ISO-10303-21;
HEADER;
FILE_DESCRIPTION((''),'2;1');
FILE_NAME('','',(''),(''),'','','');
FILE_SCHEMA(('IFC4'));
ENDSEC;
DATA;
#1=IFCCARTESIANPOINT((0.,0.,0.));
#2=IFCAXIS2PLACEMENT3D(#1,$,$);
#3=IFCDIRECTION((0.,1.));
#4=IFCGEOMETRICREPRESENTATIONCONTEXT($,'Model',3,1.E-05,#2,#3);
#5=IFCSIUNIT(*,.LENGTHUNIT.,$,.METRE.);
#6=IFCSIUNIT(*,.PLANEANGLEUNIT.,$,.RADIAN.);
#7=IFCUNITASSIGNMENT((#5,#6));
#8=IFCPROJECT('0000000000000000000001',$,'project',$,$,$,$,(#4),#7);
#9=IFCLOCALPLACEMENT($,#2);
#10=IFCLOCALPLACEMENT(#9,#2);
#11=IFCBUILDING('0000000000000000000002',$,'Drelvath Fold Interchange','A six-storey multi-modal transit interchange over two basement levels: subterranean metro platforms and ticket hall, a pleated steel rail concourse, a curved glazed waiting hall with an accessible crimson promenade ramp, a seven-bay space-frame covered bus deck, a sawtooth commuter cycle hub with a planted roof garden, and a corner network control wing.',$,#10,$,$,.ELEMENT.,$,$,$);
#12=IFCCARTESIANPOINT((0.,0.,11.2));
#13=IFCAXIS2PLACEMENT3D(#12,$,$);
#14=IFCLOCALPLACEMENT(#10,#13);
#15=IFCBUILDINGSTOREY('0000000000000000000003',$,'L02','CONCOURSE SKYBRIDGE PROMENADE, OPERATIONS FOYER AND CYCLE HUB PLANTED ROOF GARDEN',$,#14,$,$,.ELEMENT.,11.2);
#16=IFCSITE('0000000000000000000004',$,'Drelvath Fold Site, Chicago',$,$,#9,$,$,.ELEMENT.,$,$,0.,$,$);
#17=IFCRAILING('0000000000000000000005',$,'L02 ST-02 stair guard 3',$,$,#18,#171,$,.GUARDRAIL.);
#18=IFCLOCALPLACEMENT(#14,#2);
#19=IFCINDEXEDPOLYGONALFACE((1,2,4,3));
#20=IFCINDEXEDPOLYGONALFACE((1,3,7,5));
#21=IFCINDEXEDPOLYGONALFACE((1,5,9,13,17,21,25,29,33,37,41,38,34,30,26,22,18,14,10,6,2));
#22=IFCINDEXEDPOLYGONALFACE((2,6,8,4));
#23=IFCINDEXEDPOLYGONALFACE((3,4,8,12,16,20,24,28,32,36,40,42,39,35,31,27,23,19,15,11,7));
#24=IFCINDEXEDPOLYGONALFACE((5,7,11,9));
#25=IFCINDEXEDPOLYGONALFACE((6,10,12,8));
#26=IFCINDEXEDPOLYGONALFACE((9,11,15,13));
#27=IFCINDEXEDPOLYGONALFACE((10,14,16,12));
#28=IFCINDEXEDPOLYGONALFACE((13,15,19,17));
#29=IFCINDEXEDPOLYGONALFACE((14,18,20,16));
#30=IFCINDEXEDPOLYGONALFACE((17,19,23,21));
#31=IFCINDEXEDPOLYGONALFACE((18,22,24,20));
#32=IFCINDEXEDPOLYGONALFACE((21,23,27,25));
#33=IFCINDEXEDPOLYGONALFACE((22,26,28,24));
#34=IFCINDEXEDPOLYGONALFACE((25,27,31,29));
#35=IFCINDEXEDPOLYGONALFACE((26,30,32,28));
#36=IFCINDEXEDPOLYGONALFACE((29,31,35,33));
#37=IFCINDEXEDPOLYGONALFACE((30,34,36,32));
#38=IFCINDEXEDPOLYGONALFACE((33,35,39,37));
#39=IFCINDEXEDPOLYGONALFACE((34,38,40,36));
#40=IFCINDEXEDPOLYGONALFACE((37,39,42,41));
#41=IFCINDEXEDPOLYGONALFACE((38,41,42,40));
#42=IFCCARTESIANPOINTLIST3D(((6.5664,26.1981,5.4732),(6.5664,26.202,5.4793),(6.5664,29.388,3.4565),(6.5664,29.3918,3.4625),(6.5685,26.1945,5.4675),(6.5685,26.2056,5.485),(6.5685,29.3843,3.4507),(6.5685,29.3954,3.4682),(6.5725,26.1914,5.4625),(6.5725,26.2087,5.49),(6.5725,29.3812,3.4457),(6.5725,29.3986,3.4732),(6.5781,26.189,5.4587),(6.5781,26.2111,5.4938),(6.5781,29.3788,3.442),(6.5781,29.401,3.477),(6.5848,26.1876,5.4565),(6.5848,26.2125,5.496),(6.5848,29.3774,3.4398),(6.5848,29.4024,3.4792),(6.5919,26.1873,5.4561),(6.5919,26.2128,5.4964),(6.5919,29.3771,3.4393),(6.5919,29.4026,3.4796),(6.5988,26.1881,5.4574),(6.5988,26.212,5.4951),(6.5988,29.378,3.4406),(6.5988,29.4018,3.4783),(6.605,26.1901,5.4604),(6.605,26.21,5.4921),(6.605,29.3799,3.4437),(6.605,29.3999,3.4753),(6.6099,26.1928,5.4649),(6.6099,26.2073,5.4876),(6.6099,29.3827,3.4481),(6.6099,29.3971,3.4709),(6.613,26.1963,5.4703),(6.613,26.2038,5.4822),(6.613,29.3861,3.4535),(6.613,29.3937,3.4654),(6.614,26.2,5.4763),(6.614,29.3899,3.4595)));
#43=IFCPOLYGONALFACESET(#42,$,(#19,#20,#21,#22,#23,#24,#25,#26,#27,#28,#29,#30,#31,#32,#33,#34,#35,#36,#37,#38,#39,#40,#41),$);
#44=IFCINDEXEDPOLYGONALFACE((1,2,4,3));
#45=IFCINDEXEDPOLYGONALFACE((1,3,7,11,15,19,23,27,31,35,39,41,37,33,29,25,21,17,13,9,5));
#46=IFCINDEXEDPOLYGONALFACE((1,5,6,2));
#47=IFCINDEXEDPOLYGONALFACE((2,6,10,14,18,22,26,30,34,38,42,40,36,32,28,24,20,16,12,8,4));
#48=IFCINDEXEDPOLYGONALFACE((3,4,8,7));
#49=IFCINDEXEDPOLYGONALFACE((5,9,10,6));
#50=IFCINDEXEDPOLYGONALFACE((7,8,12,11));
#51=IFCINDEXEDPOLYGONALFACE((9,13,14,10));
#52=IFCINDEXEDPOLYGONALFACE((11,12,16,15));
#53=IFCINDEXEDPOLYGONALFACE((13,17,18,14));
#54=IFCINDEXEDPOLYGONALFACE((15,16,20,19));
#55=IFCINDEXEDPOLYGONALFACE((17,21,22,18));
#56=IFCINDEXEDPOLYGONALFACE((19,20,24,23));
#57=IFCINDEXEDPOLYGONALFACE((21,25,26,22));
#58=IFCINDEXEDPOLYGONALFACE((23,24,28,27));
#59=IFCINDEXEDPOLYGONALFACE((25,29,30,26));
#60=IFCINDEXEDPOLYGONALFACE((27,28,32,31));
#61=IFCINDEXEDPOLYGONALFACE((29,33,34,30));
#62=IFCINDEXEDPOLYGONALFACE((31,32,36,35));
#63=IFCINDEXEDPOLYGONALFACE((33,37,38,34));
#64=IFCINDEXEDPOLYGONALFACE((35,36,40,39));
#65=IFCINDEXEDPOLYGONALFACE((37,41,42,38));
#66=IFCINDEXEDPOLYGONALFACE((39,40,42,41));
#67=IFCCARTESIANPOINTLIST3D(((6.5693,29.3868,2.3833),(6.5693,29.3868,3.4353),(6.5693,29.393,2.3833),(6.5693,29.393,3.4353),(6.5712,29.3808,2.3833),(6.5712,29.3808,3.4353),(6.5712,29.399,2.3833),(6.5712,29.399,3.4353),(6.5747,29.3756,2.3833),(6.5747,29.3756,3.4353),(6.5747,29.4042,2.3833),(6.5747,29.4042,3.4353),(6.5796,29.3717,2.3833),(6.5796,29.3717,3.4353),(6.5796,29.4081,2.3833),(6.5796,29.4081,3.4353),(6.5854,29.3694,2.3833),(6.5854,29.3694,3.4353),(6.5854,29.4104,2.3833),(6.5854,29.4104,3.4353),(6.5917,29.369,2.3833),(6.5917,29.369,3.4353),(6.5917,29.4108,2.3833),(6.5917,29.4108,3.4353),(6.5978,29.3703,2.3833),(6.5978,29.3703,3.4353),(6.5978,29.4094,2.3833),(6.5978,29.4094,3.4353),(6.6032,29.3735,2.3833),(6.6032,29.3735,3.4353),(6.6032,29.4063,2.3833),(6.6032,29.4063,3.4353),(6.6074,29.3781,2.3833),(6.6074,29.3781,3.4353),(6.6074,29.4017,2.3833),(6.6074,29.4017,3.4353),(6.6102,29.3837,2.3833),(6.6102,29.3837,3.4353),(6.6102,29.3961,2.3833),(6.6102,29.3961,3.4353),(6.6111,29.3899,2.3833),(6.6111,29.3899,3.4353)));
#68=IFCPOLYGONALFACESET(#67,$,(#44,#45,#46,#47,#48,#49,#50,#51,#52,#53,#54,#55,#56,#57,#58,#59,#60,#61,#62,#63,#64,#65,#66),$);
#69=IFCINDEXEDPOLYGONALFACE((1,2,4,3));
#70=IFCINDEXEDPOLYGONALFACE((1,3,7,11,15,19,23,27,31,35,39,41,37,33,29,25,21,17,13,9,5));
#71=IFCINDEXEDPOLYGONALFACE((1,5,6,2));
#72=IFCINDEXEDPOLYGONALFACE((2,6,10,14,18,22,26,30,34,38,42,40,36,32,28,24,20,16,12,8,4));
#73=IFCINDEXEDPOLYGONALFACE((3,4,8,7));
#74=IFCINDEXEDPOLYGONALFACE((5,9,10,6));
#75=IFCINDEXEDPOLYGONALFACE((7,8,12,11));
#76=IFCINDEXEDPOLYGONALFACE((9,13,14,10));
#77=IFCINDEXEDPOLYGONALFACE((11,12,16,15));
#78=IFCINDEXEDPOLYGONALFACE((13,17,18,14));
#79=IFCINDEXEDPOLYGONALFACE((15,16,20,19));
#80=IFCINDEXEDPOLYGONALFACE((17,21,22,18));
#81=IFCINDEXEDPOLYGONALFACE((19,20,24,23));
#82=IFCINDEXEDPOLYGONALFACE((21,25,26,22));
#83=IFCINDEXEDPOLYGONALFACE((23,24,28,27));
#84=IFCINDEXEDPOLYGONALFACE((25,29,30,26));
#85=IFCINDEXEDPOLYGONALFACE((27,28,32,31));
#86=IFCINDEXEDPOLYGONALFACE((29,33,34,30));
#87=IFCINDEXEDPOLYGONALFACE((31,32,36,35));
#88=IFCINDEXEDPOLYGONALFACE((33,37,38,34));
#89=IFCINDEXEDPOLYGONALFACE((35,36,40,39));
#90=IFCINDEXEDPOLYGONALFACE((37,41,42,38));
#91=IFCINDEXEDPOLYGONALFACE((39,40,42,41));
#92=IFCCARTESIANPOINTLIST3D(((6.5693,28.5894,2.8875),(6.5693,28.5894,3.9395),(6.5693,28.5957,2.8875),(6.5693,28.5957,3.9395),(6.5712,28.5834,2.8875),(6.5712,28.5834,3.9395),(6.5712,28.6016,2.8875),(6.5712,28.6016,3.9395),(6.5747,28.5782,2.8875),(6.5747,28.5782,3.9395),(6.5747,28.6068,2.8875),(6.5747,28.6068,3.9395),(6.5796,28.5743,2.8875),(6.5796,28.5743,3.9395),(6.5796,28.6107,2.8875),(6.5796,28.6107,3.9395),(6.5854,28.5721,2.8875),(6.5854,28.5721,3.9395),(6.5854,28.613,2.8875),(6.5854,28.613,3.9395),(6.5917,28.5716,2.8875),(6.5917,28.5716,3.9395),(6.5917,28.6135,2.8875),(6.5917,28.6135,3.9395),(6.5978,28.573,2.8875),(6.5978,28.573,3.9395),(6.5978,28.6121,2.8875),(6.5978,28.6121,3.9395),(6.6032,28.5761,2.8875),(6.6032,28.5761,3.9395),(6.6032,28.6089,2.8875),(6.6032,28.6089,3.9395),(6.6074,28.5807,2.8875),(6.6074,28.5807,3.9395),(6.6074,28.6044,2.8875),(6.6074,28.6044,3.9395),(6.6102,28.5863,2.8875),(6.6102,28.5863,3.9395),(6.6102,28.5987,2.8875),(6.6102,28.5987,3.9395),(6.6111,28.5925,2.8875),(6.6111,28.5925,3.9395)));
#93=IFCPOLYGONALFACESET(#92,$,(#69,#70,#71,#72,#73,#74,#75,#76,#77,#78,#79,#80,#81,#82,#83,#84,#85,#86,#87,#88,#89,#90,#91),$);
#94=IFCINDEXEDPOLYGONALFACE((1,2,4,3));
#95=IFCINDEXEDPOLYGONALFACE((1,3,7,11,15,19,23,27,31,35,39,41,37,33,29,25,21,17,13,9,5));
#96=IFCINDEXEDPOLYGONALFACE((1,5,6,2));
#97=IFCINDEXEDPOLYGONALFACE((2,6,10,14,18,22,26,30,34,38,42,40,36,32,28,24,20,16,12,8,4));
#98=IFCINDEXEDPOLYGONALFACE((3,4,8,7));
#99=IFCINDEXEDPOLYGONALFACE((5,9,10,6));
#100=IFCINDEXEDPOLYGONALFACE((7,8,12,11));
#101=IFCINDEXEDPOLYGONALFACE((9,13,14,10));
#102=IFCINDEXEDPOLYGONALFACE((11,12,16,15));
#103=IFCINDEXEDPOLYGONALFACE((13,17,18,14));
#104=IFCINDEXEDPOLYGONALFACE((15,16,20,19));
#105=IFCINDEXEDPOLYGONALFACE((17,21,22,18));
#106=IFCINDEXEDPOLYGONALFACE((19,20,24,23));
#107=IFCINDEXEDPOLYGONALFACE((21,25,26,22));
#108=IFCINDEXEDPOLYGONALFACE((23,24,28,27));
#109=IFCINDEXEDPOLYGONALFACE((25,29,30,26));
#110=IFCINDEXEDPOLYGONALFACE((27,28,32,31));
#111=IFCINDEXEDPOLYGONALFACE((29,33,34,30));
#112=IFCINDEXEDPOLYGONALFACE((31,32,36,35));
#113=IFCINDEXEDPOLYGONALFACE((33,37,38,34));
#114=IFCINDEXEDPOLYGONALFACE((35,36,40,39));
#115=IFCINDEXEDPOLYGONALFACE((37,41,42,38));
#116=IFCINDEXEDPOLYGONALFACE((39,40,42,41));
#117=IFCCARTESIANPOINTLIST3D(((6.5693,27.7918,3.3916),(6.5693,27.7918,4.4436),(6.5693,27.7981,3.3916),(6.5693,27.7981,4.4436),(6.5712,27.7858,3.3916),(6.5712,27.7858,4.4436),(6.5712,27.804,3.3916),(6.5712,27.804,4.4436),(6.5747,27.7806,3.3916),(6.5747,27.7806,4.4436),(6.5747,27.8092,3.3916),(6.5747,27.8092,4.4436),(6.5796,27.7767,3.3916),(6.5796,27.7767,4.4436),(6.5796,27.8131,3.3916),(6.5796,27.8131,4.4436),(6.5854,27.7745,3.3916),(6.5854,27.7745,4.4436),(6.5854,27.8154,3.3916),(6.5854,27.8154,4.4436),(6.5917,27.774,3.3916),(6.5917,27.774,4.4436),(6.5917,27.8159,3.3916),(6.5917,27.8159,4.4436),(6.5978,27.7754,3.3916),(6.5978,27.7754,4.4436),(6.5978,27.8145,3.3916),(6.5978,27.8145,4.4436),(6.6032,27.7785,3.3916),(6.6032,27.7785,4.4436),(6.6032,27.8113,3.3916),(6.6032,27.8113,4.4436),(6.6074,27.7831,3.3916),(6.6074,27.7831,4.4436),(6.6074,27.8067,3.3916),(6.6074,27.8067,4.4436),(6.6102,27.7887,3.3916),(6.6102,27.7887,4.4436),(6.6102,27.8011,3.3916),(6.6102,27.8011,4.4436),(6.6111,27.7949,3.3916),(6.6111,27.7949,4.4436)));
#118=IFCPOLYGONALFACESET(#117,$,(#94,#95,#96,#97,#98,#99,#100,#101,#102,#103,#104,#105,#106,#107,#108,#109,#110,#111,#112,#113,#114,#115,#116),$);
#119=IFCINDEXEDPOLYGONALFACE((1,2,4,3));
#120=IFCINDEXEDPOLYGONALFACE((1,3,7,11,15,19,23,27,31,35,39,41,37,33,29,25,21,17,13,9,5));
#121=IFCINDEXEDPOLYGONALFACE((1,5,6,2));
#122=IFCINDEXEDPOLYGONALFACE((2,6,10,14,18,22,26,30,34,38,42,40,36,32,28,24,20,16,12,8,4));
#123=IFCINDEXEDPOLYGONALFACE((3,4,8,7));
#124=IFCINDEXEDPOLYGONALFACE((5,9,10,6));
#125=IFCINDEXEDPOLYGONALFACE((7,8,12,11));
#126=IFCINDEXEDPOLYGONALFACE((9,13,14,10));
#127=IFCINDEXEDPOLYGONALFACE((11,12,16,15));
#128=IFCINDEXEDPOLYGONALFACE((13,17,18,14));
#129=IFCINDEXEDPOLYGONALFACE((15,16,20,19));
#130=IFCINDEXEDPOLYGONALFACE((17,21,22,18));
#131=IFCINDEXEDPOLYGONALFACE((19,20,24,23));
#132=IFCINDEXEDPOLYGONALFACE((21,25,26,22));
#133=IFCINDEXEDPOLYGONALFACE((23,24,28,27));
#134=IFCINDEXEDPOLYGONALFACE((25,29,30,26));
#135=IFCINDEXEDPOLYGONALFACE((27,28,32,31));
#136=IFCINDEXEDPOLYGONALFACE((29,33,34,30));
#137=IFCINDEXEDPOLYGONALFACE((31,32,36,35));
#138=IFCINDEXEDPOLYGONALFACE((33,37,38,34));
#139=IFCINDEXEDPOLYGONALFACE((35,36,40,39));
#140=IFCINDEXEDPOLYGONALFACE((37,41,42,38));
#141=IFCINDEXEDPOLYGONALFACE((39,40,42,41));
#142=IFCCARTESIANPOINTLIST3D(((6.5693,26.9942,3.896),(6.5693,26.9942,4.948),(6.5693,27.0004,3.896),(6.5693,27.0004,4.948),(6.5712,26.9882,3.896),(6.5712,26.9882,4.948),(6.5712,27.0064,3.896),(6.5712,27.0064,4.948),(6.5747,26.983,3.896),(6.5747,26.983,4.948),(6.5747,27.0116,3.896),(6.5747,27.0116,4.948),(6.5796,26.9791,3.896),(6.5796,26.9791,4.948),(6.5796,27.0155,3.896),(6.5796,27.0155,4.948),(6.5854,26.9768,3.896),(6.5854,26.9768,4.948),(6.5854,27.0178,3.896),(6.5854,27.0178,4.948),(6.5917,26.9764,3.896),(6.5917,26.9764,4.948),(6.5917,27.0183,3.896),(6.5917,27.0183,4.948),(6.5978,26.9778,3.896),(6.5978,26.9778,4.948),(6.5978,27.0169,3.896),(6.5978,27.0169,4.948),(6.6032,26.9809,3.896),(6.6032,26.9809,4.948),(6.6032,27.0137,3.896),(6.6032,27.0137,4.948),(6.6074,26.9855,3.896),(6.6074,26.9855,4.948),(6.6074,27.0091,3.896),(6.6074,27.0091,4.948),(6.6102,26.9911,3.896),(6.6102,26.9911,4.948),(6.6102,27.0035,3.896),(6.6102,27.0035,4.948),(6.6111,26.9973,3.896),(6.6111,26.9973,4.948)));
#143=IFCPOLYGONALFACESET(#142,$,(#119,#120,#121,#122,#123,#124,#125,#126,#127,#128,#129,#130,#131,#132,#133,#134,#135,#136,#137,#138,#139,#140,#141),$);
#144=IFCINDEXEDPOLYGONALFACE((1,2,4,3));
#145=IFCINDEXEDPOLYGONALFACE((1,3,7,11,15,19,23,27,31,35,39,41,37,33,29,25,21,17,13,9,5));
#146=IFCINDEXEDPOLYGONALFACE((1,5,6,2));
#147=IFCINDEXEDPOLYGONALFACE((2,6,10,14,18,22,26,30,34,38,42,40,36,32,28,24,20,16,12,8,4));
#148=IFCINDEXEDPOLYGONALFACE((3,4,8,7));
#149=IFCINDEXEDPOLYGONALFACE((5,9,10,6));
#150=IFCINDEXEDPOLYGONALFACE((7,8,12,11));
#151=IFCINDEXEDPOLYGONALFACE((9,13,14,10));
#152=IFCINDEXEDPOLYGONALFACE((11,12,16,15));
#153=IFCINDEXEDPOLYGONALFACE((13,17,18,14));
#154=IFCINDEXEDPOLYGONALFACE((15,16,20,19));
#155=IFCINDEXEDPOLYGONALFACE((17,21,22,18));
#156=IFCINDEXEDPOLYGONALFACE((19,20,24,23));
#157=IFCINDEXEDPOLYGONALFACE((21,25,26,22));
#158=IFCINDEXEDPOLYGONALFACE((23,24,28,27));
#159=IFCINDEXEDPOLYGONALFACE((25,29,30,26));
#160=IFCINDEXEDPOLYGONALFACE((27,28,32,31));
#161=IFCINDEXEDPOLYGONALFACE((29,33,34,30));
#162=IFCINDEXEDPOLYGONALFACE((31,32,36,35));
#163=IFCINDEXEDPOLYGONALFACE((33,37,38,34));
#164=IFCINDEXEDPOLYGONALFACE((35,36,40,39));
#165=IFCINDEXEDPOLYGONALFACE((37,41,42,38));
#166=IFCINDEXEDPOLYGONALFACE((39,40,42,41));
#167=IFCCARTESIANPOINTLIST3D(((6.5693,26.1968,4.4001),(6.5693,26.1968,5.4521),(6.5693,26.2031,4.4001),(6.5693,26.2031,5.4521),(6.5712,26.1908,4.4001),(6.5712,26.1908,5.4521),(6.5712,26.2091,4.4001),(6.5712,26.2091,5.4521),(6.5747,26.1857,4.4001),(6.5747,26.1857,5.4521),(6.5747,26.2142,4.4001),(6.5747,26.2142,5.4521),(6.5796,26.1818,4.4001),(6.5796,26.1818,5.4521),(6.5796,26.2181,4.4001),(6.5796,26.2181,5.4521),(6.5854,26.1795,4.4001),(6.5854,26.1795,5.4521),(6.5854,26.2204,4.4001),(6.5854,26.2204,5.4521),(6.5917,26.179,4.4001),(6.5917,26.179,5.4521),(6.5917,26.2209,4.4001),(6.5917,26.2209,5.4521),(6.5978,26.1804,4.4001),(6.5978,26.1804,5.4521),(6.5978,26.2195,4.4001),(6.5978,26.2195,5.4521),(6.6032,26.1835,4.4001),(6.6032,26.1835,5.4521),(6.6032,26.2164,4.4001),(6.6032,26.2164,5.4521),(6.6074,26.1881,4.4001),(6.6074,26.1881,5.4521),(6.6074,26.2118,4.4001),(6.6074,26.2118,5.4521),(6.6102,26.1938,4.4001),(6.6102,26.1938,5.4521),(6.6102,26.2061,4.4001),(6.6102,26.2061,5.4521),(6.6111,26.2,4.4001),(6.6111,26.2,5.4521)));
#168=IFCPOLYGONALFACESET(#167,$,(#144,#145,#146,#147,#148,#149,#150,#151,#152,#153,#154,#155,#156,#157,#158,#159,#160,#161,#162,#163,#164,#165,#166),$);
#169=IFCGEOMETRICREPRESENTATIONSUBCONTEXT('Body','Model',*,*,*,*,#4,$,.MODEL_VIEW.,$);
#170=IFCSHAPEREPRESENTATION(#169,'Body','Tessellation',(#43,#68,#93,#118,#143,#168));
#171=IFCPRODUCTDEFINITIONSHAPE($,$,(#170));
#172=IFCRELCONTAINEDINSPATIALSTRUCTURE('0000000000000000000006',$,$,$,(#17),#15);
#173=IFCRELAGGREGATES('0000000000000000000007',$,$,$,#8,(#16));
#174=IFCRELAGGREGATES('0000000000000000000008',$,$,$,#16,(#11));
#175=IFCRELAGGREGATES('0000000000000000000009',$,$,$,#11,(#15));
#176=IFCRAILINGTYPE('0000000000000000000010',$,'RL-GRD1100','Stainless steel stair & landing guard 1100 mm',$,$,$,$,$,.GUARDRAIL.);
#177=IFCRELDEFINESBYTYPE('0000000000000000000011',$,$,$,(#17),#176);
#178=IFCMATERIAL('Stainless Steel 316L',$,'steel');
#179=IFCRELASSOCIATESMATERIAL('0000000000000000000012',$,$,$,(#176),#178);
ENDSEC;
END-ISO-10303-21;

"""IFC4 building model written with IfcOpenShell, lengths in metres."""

from ifc_helpers import new_model, si_unit, direction, frame, origin, origin_2d, place, context, subcontext, project, spatial, circle, extrude, material, type_object, element, save


model = new_model("IFC4")

# Units and contexts
model_context = context("Model", 3, precision=1e-05, world=origin(), true_north=direction((0.0, 1.0)))
body_context = subcontext(model_context, "Body", "Model", "MODEL_VIEW")
ifc_project = project(units=[si_unit("LENGTHUNIT", "METRE"), si_unit("PLANEANGLEUNIT", "RADIAN")], contexts=[model_context])

# Site, building, storey
site_placement = place(None, origin())
site = spatial("IfcSite", under=ifc_project, at=site_placement, Name="Drelvath Fold Site, Chicago", CompositionType="ELEMENT", RefElevation=0.0)
building_placement = place(site_placement, origin())
building = spatial("IfcBuilding", under=site, at=building_placement, Name="Drelvath Fold Interchange", Description="A six-storey multi-modal transit interchange over two basement levels: subterranean metro platforms and ticket hall, a pleated steel rail concourse, a curved glazed waiting hall with an accessible crimson promenade ramp, a seven-bay space-frame covered bus deck, a sawtooth commuter cycle hub with a planted roof garden, and a corner network control wing.", CompositionType="ELEMENT")
storey_placement = place(building_placement, frame((0.0, 0.0, 11.2)))
storey = spatial("IfcBuildingStorey", under=building, at=storey_placement, Name="L02", Description="CONCOURSE SKYBRIDGE PROMENADE, OPERATIONS FOYER AND CYCLE HUB PLANTED ROOF GARDEN", CompositionType="ELEMENT", Elevation=11.2)

# Railing
ifc_material_1 = material(Name="Stainless Steel 316L", Category="steel")
railing_type_1 = type_object("IfcRailingType", Name="RL-GRD1100", Description="Stainless steel stair & landing guard 1100 mm", PredefinedType="GUARDRAIL", material=ifc_material_1)
railing_1_placement = place(storey_placement, frame((6.5901, 29.3899, 2.3833)))
element("IfcRailing", 1, at=railing_1_placement, inside=storey, type_object=railing_type_1, Name="L02 ST-02 stair guard 3", PredefinedType="GUARDRAIL", context=body_context, shape_type="SweptSolid", body=[
    extrude(circle(Radius=0.0239, at=origin_2d()), frame((0.0, 0.0, 1.0762), z_axis=(0.0, -0.845232, 0.534399), x_axis=(1.0, 0.0, 0.0)), (0.0, 0.0, 1.0), 3.7739),
    extrude(circle(Radius=0.021, at=origin_2d()), origin(), (0.0, 0.0, 1.0), 1.052),
    extrude(circle(Radius=0.021, at=origin_2d()), frame((0.0, -0.7974, 0.5042)), (0.0, 0.0, 1.0), 1.052),
    extrude(circle(Radius=0.021, at=origin_2d()), frame((0.0, -1.595, 1.0083)), (0.0, 0.0, 1.0), 1.052),
    extrude(circle(Radius=0.021, at=origin_2d()), frame((0.0, -2.3926, 1.5127)), (0.0, 0.0, 1.0), 1.052),
    extrude(circle(Radius=0.021, at=origin_2d()), frame((0.0, -3.1899, 2.0168)), (0.0, 0.0, 1.0), 1.052),
])

save(model, "model.ifc")
